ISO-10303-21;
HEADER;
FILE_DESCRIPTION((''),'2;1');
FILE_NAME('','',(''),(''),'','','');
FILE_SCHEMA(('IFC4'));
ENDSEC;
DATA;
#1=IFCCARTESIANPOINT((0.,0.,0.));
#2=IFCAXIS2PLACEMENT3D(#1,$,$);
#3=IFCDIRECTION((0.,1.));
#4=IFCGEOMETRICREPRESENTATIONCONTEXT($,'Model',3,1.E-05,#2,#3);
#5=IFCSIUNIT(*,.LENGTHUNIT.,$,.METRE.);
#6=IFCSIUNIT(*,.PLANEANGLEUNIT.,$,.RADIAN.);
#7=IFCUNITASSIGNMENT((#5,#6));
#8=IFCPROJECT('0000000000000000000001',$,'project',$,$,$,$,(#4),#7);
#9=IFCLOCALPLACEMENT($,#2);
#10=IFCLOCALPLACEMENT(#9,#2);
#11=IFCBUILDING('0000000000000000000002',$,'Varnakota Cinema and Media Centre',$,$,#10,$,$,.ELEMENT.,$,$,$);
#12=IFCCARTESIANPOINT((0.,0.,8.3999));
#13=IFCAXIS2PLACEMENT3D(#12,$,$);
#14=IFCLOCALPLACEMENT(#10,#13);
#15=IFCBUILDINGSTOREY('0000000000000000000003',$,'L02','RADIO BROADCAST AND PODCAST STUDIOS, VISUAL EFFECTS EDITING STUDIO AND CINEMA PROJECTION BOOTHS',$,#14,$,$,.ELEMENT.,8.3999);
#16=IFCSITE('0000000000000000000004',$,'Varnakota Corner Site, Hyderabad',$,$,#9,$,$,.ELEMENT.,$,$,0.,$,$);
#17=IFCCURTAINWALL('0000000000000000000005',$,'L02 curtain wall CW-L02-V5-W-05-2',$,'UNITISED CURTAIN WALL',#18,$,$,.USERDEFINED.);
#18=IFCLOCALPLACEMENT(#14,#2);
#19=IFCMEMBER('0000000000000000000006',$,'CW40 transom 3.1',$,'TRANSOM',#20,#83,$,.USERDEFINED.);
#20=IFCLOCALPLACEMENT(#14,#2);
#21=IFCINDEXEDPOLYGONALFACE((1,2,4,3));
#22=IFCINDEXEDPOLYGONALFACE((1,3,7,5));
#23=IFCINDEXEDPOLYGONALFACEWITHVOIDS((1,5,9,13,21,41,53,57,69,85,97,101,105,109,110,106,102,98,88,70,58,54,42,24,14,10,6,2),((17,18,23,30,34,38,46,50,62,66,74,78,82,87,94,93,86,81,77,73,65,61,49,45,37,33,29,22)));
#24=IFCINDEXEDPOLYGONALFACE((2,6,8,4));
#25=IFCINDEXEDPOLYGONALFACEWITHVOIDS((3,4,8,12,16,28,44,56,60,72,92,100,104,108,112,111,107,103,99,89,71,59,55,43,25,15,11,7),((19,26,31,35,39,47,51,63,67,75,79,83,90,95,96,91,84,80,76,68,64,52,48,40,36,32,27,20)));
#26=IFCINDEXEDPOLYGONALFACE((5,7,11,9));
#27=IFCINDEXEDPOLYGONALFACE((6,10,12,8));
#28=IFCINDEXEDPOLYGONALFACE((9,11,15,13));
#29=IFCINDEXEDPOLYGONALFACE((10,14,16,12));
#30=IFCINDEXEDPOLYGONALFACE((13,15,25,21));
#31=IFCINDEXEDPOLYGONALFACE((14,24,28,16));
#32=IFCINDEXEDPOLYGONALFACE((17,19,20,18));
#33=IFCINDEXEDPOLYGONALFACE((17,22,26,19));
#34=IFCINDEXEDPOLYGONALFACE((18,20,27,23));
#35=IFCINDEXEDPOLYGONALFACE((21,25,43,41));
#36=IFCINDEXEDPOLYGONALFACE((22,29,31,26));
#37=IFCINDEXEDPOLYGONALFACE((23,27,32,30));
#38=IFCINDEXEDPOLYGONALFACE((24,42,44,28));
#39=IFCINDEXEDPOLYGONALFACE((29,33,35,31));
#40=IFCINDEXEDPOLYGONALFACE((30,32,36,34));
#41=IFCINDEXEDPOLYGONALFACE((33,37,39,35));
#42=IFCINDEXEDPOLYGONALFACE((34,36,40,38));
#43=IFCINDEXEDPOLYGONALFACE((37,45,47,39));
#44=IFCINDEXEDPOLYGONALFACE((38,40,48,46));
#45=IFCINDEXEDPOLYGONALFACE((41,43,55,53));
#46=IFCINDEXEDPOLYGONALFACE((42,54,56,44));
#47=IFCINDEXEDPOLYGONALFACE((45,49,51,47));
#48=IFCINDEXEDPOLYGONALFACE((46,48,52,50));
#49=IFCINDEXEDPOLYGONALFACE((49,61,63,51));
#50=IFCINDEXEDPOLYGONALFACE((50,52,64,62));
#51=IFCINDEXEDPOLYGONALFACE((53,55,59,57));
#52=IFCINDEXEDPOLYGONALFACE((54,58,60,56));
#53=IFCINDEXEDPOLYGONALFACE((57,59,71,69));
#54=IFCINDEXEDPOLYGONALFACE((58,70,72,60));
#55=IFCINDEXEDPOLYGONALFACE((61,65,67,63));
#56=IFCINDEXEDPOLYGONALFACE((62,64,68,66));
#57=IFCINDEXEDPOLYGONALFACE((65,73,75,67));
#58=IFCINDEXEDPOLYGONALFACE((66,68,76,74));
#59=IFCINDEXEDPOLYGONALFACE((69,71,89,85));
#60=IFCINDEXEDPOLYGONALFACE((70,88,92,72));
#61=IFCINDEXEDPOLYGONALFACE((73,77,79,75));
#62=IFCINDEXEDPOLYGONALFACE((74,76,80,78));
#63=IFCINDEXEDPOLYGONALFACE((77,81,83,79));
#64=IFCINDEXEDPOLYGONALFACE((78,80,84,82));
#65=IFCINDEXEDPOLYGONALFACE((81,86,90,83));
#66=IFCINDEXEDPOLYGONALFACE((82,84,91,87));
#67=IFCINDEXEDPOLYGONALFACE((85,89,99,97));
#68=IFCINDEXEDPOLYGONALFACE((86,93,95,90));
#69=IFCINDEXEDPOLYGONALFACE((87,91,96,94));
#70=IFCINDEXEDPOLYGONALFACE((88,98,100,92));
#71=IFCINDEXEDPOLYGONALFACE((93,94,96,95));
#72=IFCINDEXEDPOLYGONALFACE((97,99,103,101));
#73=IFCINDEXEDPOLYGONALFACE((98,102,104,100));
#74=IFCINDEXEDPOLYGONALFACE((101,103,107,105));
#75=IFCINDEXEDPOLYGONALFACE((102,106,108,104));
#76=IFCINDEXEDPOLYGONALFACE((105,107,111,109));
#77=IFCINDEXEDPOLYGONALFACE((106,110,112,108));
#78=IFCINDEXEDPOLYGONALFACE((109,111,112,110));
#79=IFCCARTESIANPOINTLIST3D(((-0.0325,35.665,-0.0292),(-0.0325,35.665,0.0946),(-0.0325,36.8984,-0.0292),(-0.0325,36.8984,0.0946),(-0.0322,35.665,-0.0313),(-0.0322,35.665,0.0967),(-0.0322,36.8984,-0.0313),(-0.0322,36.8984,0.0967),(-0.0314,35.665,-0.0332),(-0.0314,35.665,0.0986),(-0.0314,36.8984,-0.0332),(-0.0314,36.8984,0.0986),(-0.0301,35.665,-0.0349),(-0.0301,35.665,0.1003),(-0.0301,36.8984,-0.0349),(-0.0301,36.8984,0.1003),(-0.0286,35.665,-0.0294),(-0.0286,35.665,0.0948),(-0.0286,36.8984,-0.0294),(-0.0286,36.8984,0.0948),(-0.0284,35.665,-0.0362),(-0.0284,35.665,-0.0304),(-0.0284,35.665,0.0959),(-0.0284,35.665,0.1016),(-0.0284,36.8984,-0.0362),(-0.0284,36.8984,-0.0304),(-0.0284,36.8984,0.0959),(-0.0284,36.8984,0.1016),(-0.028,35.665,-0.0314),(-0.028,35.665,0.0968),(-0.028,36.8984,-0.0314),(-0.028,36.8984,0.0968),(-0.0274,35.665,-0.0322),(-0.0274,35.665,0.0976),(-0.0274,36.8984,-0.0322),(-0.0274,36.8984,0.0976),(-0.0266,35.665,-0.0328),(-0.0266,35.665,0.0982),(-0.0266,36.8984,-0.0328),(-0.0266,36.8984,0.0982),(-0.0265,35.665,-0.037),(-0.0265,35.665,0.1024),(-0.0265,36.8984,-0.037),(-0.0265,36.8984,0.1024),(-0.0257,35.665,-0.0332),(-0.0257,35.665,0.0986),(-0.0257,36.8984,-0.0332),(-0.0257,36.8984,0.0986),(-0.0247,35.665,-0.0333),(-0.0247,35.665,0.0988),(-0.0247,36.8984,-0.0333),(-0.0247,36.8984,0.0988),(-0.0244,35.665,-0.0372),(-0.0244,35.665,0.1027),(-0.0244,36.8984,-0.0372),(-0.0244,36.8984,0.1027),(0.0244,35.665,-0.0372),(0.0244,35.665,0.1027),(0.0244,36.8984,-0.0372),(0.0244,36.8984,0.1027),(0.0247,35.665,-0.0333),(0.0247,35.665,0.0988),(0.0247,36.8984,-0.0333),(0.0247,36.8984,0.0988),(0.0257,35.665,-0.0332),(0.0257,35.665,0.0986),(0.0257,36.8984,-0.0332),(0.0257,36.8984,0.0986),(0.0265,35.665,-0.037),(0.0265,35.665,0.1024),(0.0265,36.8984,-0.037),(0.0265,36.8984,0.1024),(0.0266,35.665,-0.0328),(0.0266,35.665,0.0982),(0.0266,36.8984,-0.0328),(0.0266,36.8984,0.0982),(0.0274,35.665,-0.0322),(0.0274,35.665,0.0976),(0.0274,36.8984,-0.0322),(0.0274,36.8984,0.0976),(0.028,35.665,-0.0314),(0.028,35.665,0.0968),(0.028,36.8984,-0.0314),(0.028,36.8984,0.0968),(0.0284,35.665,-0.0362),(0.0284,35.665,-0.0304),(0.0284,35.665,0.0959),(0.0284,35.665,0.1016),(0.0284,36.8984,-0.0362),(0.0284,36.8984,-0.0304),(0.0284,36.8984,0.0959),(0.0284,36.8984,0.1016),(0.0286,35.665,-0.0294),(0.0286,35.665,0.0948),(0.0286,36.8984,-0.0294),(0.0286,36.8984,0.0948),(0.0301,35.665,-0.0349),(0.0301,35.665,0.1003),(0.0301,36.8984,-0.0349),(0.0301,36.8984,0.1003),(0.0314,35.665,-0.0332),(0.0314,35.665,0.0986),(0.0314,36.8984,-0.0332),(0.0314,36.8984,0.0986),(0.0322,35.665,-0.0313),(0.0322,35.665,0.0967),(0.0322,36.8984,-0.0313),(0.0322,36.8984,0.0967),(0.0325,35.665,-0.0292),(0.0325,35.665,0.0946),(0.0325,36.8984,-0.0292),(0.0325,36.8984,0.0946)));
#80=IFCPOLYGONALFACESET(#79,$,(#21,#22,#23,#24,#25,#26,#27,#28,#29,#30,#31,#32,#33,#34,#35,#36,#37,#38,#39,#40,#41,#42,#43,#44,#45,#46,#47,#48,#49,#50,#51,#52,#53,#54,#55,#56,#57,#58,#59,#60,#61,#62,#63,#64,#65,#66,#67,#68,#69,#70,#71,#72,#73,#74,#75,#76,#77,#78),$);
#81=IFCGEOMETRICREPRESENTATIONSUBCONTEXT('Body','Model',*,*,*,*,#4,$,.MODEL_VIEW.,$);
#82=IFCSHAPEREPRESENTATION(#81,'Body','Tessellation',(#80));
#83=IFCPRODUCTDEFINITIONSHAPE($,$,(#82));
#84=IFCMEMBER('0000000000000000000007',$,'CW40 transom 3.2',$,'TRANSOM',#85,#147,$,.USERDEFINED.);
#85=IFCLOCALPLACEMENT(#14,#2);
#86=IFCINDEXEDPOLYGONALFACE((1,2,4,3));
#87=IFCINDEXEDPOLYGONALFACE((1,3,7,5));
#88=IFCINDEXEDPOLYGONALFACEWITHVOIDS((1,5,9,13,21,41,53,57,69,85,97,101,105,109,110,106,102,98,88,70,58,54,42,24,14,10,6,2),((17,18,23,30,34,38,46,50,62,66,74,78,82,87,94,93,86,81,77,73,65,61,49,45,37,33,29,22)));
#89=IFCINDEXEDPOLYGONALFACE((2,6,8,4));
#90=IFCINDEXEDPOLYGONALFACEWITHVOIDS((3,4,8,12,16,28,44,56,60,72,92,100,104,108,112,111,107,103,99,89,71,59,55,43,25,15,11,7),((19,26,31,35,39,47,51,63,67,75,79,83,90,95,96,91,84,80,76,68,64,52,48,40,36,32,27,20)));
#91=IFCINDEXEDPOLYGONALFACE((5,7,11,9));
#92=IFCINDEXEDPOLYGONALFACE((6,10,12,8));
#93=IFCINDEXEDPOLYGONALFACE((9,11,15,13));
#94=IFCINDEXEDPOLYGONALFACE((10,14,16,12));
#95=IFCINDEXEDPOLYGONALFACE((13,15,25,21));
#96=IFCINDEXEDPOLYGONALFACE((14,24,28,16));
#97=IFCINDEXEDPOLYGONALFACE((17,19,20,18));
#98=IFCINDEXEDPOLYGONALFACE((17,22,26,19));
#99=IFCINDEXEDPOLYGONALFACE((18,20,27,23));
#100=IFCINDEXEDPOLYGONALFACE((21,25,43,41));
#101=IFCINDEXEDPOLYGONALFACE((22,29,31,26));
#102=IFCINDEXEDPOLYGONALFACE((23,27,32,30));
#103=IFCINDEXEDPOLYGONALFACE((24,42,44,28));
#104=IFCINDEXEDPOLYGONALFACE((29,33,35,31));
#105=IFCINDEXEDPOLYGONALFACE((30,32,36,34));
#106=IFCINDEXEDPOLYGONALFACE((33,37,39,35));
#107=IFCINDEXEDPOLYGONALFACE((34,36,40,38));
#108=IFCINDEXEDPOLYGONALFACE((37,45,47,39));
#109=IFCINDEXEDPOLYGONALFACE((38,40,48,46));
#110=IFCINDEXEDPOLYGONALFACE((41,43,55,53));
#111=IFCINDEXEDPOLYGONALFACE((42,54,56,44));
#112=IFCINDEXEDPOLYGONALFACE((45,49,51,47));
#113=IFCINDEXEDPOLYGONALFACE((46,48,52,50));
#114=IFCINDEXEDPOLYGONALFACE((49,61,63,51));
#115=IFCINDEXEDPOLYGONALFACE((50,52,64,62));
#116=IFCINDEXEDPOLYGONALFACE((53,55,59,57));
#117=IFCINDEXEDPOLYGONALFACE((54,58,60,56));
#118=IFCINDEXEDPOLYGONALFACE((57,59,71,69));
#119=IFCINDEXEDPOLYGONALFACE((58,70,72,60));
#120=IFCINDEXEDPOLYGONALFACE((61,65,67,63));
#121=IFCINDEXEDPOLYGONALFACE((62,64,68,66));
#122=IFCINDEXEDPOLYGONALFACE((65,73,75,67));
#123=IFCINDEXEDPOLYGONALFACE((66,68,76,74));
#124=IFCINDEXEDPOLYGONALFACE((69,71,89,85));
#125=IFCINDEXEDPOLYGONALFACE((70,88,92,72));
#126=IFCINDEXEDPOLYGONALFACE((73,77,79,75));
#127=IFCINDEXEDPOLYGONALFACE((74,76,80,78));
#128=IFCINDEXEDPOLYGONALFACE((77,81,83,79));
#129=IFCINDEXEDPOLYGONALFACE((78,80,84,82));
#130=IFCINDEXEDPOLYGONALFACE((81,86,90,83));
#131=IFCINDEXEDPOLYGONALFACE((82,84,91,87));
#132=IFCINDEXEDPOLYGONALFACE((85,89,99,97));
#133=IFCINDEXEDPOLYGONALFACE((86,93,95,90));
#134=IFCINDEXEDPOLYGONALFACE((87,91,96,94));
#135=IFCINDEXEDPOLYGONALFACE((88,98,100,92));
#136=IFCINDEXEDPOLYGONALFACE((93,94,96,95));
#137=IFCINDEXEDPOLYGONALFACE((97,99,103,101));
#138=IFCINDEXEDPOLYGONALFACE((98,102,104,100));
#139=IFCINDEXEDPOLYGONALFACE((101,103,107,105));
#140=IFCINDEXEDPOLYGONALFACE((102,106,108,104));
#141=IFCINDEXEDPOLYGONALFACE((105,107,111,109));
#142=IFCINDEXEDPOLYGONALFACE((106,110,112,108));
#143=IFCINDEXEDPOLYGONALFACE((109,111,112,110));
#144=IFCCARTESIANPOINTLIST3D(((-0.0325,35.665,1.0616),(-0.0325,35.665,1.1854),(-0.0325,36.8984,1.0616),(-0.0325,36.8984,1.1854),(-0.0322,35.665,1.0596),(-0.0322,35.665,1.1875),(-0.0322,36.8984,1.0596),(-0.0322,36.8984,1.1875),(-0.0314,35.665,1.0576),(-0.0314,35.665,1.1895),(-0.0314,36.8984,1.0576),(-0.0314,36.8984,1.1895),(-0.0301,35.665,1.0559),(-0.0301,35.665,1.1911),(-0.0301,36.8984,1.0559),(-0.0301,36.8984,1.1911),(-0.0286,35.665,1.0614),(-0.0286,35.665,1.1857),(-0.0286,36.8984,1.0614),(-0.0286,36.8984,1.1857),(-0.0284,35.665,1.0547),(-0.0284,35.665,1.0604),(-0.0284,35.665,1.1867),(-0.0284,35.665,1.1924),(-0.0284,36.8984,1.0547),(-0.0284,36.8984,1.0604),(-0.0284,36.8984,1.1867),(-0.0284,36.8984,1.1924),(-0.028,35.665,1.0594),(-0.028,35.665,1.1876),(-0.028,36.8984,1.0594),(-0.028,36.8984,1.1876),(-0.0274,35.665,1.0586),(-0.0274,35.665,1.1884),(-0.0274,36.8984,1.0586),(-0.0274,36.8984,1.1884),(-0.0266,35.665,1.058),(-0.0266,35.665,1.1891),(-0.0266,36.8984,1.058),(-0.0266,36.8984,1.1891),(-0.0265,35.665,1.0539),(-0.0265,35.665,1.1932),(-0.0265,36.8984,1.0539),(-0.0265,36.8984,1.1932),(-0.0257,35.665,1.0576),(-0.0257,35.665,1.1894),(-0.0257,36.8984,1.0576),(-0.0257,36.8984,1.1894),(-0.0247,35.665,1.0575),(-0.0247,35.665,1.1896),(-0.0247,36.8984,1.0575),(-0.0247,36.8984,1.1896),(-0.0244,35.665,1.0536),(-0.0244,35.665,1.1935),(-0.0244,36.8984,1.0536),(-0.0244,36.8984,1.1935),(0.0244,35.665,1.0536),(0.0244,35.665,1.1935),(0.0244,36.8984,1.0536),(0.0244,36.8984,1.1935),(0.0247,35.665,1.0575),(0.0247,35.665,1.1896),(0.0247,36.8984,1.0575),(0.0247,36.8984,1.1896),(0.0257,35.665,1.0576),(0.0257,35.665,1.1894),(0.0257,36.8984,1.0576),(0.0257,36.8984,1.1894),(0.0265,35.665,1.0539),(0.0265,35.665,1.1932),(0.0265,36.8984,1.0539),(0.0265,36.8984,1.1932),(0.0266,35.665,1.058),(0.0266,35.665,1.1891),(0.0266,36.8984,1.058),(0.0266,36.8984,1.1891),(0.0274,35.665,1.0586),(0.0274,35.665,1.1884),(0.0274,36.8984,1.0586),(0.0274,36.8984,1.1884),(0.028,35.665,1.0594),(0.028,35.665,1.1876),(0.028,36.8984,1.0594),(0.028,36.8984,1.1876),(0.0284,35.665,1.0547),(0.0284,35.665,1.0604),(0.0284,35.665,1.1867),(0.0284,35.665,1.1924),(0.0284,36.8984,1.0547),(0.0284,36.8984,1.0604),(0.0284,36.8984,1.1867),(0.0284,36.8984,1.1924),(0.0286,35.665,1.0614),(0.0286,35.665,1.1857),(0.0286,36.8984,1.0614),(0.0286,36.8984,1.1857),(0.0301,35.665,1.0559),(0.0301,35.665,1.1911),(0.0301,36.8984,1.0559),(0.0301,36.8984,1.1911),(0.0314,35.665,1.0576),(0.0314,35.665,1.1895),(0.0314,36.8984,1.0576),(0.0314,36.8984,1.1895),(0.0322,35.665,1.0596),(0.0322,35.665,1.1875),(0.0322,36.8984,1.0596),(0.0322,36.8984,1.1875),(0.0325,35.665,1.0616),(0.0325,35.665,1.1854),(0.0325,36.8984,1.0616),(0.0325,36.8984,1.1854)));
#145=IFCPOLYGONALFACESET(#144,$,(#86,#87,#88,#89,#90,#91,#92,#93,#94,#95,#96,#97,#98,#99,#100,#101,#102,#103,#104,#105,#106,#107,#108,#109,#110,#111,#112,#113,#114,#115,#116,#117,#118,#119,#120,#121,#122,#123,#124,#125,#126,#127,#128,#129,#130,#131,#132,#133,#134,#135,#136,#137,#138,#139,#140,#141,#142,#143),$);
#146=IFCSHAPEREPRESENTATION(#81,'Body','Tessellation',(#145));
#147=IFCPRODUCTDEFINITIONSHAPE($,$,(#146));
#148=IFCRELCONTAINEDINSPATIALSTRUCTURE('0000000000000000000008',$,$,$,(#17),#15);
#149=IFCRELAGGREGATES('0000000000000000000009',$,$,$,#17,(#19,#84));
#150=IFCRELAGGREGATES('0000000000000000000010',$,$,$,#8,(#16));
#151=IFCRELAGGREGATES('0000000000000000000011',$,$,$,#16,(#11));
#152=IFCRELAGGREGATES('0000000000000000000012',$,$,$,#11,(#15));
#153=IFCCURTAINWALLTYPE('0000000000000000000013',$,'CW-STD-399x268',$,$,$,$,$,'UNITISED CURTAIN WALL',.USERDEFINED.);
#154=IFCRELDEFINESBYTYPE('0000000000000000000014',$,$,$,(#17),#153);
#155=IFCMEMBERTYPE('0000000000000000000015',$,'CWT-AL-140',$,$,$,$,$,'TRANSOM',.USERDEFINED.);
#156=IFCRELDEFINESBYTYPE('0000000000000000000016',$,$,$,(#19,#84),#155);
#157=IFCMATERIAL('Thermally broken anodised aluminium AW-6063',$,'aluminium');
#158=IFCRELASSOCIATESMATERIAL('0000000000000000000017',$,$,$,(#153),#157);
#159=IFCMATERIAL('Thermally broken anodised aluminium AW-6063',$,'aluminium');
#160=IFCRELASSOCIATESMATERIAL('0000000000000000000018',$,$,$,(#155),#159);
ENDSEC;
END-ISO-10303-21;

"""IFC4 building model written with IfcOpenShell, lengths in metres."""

from ifc_helpers import new_model, si_unit, direction, frame, origin, origin_2d, place, context, subcontext, project, spatial, hollow_rectangle, extrude, material, material_profile, profile_set, type_object, element, aggregate, save


model = new_model("IFC4")

# Units and contexts
model_context = context("Model", 3, precision=1e-05, world=origin(), true_north=direction((0.0, 1.0)))
body_context = subcontext(model_context, "Body", "Model", "MODEL_VIEW")
ifc_project = project(units=[si_unit("LENGTHUNIT", "METRE"), si_unit("PLANEANGLEUNIT", "RADIAN")], contexts=[model_context])

# Site, building, storey
site_placement = place(None, origin())
site = spatial("IfcSite", under=ifc_project, at=site_placement, Name="Varnakota Corner Site, Hyderabad", CompositionType="ELEMENT", RefElevation=0.0)
building_placement = place(site_placement, origin())
building = spatial("IfcBuilding", under=site, at=building_placement, Name="Varnakota Cinema and Media Centre", CompositionType="ELEMENT")
storey_placement = place(building_placement, frame((0.0, 0.0, 8.3999)))
storey = spatial("IfcBuildingStorey", under=building, at=storey_placement, Name="L02", Description="RADIO BROADCAST AND PODCAST STUDIOS, VISUAL EFFECTS EDITING STUDIO AND CINEMA PROJECTION BOOTHS", CompositionType="ELEMENT", Elevation=8.3999)

# Curtain wall, members
ifc_material_1 = material(Name="Thermally broken anodised aluminium AW-6063", Category="aluminium")
curtain_wall_type = type_object("IfcCurtainWallType", Name="CW-STD-399x268", ElementType="UNITISED CURTAIN WALL", PredefinedType="USERDEFINED", material=ifc_material_1)
curtain_wall_placement = place(storey_placement, origin())
curtain_wall = element("IfcCurtainWall", 1, at=curtain_wall_placement, inside=storey, type_object=curtain_wall_type, Name="L02 curtain wall CW-L02-V5-W-05-2", ObjectType="UNITISED CURTAIN WALL", PredefinedType="USERDEFINED")
ifc_material_2 = material(Name="Thermally broken anodised aluminium AW-6063", Category="aluminium")
ifc_material_profile_1 = material_profile(ifc_material_2, hollow_rectangle(XDim=0.0649, YDim=0.1399, WallThickness=0.0039, InnerFilletRadius=0.0039, OuterFilletRadius=0.0081, at=origin_2d()), Name="AL-TRANSOM 140x65x4")
ifc_profile_set_1 = profile_set([ifc_material_profile_1], Name="Thermally broken anodised aluminium AW-6063")
member_type_1 = type_object("IfcMemberType", Name="CWT-AL-140", ElementType="TRANSOM", PredefinedType="USERDEFINED", material=ifc_profile_set_1)
member_1_placement = place(storey_placement, frame((0.0, 36.8984, 0.0327), z_axis=(0.0, -1.0, 0.0), x_axis=(1.0, 0.0, 0.0)))
member_1 = element("IfcMember", 2, at=member_1_placement, type_object=member_type_1, Name="CW40 transom 3.1", ObjectType="TRANSOM", PredefinedType="USERDEFINED", context=body_context, shape_type="SweptSolid", body=[
    extrude(hollow_rectangle(XDim=0.0649, YDim=0.1399, WallThickness=0.0039, InnerFilletRadius=0.0039, OuterFilletRadius=0.0081, at=origin_2d()), origin(), (0.0, 0.0, 1.0), 1.2334),
])
member_2_placement = place(storey_placement, frame((0.0, 36.8984, 1.1235), z_axis=(0.0, -1.0, 0.0), x_axis=(1.0, 0.0, 0.0)))
member_2 = element("IfcMember", 3, at=member_2_placement, type_object=member_type_1, Name="CW40 transom 3.2", ObjectType="TRANSOM", PredefinedType="USERDEFINED", context=body_context, shape_type="SweptSolid", body=[
    extrude(hollow_rectangle(XDim=0.0649, YDim=0.1399, WallThickness=0.0039, InnerFilletRadius=0.0039, OuterFilletRadius=0.0081, at=origin_2d()), origin(), (0.0, 0.0, 1.0), 1.2334),
])
aggregate(curtain_wall, [member_1, member_2])

save(model, "model.ifc")
